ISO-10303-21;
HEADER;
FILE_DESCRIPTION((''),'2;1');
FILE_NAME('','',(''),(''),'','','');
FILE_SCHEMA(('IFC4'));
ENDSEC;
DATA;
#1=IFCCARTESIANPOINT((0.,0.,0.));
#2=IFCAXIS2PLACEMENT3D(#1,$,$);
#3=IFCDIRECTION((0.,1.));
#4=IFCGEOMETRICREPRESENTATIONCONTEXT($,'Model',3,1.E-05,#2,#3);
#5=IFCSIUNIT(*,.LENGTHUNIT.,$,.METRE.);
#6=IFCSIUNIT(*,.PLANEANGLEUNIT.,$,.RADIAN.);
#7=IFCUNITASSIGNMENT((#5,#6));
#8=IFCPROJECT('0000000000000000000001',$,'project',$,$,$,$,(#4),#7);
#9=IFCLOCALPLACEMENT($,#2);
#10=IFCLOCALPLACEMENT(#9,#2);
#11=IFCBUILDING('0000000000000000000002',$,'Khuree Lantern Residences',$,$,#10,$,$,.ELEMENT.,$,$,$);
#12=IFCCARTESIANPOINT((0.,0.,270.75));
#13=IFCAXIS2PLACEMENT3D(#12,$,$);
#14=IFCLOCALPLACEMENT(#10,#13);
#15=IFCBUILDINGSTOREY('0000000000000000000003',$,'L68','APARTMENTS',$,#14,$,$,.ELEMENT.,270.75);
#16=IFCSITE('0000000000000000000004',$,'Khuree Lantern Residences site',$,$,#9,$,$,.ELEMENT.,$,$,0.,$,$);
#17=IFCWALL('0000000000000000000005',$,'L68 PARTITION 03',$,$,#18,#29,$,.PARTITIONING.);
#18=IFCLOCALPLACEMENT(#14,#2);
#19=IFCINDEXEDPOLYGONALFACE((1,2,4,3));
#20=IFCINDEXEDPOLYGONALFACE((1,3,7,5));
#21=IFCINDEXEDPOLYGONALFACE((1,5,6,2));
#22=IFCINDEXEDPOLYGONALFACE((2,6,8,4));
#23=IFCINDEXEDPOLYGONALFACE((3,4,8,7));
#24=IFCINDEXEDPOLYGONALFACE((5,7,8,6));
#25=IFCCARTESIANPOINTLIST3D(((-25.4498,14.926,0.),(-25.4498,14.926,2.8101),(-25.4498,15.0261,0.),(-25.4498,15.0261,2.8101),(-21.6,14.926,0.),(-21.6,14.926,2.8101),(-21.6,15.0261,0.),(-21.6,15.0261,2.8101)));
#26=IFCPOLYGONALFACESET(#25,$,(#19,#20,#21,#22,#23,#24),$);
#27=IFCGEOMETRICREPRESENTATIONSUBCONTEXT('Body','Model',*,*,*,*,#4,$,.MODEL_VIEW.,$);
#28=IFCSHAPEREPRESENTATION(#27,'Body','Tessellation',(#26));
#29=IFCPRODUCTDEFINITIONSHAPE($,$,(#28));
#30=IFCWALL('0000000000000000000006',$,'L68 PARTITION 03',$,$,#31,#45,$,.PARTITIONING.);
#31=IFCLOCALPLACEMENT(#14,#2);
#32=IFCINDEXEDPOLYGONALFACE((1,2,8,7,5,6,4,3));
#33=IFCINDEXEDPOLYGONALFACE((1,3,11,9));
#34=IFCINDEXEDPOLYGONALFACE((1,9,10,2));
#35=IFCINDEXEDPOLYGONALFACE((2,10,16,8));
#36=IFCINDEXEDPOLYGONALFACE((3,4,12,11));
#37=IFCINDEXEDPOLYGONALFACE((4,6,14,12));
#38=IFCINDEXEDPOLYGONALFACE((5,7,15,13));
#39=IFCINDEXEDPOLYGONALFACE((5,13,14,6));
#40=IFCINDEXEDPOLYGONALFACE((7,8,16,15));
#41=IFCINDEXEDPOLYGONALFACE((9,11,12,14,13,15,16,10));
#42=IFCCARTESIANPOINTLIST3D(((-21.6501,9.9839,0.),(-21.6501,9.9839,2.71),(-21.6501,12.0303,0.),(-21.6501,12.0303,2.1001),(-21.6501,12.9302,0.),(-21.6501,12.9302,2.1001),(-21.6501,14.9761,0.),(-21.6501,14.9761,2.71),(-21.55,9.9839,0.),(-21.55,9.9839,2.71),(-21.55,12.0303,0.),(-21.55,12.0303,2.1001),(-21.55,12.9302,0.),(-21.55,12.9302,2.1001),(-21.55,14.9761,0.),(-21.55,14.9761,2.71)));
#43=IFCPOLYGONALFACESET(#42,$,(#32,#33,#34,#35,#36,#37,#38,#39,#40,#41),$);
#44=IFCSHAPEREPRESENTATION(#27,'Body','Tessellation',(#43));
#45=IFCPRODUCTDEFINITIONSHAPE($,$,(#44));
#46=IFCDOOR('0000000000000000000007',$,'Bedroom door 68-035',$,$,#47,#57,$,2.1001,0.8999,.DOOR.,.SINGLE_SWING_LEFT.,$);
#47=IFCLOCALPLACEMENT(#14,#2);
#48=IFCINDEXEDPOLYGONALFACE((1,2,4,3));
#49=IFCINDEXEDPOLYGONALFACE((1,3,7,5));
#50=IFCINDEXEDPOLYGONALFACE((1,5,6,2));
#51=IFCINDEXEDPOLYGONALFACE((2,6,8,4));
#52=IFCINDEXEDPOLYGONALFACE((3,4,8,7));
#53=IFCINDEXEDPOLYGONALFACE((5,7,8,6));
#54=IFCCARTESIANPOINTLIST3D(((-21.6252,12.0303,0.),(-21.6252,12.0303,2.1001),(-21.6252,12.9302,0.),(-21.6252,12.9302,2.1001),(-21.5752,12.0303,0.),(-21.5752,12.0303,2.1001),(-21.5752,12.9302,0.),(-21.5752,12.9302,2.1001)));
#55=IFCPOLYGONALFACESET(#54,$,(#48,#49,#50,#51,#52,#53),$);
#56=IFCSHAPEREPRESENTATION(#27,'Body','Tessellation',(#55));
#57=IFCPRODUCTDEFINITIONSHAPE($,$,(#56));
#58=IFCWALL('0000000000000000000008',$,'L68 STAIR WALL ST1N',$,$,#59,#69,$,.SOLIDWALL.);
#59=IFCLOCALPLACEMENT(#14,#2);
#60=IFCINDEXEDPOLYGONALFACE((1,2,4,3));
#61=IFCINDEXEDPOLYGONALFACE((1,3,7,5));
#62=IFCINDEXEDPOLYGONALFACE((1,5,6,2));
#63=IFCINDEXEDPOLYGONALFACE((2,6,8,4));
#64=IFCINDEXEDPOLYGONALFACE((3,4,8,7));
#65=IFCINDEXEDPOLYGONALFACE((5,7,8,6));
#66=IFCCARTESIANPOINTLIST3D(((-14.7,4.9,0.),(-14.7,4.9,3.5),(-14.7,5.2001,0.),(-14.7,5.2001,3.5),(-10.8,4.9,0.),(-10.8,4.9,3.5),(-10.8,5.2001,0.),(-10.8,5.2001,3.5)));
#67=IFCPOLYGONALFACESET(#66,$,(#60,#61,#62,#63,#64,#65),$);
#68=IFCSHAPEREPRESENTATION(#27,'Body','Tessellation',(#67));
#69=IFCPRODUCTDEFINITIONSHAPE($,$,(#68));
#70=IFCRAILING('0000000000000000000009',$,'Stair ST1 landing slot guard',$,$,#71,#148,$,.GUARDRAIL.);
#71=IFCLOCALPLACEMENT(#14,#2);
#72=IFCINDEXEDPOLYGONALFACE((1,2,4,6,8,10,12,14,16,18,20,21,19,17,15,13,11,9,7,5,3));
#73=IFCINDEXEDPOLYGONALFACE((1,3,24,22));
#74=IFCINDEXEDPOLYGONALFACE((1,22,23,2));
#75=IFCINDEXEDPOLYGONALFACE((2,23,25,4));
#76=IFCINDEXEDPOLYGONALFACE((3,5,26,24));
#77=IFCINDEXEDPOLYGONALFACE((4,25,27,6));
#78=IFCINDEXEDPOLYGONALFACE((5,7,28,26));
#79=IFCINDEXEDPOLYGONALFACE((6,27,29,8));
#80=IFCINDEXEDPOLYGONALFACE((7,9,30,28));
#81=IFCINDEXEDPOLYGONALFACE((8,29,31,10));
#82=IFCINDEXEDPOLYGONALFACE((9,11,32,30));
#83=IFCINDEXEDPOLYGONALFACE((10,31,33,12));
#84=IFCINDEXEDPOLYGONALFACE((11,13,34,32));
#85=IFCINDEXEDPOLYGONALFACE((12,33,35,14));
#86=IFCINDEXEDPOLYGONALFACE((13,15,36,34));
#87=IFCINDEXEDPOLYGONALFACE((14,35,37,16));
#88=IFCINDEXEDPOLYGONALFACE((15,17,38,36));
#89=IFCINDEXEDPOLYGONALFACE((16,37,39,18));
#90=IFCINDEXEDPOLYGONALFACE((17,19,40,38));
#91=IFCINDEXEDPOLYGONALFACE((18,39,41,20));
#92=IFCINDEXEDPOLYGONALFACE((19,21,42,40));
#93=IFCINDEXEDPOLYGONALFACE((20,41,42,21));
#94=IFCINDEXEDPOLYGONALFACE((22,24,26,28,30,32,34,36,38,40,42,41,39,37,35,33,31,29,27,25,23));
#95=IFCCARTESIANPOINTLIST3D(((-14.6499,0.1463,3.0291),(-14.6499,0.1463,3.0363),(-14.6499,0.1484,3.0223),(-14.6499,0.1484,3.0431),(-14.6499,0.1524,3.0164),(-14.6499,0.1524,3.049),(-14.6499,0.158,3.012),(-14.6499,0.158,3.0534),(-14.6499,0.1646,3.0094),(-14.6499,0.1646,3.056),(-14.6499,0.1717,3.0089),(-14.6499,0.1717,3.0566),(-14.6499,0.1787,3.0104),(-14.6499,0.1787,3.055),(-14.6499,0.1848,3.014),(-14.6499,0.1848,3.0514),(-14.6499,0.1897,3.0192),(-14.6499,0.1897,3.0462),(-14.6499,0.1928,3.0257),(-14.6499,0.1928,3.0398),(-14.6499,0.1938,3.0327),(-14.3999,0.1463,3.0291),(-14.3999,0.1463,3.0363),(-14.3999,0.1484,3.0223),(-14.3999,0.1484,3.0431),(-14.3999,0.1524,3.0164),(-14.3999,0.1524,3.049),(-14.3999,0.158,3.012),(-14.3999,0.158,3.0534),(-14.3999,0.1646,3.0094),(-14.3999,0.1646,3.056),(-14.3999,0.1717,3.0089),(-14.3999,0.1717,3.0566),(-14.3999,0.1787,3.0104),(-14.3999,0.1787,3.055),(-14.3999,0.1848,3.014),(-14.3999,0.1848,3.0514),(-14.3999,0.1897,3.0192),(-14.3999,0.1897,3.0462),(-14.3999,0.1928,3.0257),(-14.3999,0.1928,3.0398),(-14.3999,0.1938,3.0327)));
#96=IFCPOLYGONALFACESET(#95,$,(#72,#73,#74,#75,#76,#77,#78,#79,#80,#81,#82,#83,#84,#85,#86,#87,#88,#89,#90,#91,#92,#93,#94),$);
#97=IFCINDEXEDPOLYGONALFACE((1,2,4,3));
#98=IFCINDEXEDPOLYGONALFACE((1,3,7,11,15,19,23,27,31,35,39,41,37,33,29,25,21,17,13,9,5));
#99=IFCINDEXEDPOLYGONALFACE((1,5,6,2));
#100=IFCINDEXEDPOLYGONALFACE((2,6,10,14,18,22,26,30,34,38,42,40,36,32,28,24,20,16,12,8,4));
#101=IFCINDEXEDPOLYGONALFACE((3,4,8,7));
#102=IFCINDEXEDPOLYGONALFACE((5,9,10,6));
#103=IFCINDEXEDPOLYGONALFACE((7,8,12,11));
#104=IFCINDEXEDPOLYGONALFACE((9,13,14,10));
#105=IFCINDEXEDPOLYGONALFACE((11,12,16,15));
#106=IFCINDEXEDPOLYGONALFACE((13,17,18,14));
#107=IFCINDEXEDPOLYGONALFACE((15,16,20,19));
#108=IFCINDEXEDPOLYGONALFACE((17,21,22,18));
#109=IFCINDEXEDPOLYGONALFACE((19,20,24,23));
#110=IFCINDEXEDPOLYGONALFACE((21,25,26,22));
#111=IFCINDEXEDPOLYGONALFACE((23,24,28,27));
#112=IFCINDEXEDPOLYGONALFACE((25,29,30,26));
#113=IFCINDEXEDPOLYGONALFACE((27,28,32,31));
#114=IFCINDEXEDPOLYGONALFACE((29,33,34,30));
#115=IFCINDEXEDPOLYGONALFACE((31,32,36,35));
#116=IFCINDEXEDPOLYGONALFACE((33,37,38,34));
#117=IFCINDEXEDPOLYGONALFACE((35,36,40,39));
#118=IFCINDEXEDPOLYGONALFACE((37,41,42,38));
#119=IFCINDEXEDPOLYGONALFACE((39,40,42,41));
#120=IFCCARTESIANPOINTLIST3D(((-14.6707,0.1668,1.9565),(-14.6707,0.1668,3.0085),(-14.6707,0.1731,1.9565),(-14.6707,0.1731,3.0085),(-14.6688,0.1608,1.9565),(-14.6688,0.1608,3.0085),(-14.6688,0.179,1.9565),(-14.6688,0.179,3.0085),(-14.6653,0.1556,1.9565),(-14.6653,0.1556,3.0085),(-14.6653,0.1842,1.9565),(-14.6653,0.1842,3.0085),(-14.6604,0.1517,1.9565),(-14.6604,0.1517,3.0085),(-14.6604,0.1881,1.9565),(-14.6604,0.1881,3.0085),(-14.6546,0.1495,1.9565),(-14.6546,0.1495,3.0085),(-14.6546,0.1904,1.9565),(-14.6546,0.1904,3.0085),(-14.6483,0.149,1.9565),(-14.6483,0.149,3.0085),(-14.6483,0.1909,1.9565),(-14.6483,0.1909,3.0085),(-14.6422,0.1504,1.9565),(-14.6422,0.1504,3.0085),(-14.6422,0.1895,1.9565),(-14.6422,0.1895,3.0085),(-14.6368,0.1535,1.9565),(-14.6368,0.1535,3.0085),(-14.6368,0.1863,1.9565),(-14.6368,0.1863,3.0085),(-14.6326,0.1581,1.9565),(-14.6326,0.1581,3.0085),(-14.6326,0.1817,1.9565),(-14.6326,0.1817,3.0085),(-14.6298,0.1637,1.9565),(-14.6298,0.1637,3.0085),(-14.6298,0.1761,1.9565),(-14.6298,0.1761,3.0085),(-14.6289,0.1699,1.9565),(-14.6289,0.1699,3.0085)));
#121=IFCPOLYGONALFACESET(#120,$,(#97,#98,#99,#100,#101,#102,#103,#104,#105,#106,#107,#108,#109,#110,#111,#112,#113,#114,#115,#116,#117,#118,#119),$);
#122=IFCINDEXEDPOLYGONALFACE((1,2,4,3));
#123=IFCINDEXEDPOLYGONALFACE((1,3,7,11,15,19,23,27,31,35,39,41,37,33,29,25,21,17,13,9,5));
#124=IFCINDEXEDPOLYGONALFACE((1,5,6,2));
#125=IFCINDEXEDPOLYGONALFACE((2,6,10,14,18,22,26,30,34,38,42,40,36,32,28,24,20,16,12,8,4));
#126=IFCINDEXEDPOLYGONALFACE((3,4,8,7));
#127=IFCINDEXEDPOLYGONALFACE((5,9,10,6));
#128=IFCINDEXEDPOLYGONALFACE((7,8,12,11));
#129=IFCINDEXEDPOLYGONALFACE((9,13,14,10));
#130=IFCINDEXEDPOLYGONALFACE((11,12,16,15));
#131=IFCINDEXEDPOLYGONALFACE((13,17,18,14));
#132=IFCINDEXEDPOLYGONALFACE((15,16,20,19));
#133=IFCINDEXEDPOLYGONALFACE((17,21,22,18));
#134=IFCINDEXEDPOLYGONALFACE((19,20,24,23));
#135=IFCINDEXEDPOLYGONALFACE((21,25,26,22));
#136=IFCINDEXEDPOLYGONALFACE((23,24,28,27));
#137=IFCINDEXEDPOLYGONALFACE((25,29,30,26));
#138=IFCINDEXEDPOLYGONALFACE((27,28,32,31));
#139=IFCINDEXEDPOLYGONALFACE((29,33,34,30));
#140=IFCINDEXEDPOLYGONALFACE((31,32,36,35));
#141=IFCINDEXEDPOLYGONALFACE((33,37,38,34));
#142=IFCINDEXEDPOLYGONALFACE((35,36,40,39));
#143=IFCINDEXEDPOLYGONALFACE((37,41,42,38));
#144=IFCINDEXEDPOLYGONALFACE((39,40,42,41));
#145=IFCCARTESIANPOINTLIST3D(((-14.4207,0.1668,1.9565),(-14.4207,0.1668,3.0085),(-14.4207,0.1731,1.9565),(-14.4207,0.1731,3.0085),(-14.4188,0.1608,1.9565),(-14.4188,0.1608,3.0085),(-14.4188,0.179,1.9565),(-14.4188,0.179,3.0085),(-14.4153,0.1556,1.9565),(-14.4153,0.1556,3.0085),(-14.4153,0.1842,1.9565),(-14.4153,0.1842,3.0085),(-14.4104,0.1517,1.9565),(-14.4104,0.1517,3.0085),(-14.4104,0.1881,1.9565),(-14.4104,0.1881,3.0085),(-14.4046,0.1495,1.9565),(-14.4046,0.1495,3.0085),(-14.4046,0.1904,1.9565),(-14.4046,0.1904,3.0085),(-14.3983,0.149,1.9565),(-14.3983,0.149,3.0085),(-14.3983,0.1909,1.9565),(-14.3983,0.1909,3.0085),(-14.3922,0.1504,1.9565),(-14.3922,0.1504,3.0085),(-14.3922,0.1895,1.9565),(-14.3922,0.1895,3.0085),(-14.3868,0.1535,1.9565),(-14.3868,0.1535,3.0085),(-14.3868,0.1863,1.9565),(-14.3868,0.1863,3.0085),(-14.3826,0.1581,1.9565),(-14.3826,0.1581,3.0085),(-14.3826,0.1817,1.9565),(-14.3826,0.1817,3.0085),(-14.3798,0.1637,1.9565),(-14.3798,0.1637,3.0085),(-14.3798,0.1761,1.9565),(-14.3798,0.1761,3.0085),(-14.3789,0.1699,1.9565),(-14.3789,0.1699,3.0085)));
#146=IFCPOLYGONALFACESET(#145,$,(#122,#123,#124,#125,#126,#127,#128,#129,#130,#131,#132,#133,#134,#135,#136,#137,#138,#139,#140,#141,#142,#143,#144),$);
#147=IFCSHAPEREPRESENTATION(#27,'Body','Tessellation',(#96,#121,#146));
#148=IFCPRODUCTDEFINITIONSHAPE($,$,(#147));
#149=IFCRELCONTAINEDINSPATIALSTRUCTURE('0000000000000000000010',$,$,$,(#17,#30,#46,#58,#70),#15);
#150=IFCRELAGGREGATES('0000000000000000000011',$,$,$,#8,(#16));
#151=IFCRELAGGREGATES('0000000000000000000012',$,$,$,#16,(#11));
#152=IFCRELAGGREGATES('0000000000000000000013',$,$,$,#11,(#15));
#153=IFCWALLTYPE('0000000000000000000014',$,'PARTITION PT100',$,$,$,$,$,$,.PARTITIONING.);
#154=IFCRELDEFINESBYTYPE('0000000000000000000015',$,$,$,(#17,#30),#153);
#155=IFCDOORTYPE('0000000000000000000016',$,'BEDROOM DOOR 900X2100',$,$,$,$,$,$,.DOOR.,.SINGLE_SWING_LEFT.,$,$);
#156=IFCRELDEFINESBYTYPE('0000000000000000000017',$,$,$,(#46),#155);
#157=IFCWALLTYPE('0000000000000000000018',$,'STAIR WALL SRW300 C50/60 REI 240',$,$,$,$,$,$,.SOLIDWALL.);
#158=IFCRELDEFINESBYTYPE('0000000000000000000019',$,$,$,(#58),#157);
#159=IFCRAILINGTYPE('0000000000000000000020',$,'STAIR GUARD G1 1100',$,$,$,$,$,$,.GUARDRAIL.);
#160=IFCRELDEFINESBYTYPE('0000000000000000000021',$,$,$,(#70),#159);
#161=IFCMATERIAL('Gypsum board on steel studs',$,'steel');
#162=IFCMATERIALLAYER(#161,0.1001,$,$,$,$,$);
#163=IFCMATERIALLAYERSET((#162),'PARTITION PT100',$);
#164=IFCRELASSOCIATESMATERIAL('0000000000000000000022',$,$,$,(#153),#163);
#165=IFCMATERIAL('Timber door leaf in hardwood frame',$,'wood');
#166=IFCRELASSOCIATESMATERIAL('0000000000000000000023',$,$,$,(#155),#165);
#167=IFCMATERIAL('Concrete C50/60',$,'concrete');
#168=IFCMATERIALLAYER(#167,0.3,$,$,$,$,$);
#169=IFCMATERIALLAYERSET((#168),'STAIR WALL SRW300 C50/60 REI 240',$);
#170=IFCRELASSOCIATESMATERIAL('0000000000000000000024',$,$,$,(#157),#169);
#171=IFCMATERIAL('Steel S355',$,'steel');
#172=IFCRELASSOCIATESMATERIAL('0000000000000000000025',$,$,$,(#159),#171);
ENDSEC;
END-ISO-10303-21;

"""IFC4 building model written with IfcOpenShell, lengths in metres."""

from ifc_helpers import new_model, si_unit, direction, frame, frame_2d, origin, origin_2d, place, context, subcontext, project, spatial, rectangle, circle, extrude, material, layer, layer_set, type_object, element, fill, save


model = new_model("IFC4")

# Units and contexts
model_context = context("Model", 3, precision=1e-05, world=origin(), true_north=direction((0.0, 1.0)))
body_context = subcontext(model_context, "Body", "Model", "MODEL_VIEW")
ifc_project = project(units=[si_unit("LENGTHUNIT", "METRE"), si_unit("PLANEANGLEUNIT", "RADIAN")], contexts=[model_context])

# Site, building, storey
site_placement = place(None, origin())
site = spatial("IfcSite", under=ifc_project, at=site_placement, Name="Khuree Lantern Residences site", CompositionType="ELEMENT", RefElevation=0.0)
building_placement = place(site_placement, origin())
building = spatial("IfcBuilding", under=site, at=building_placement, Name="Khuree Lantern Residences", CompositionType="ELEMENT")
storey_placement = place(building_placement, frame((0.0, 0.0, 270.75)))
storey = spatial("IfcBuildingStorey", under=building, at=storey_placement, Name="L68", Description="APARTMENTS", CompositionType="ELEMENT", Elevation=270.75)

# Shared definitions
ifc_material_1 = material(Name="Concrete C50/60", Category="concrete")

# Shared definitions
ifc_material_2 = material(Name="Timber door leaf in hardwood frame", Category="wood")

# Shared definitions
ifc_material_3 = material(Name="Gypsum board on steel studs", Category="steel")

# Wall
ifc_layer_1 = layer(ifc_material_3, 0.1001)
ifc_layer_set_1 = layer_set([ifc_layer_1], Name="PARTITION PT100")
wall_type_1 = type_object("IfcWallType", Name="PARTITION PT100", PredefinedType="PARTITIONING", material=ifc_layer_set_1)
wall_1_placement = place(storey_placement, frame((-21.6001, 14.9761, 0.0), z_axis=(0.0, 0.0, 1.0), x_axis=(-1.0, 0.0, 0.0)))
element("IfcWall", 1, at=wall_1_placement, inside=storey, type_object=wall_type_1, Name="L68 PARTITION 03", PredefinedType="PARTITIONING", context=body_context, shape_type="SweptSolid", body=[
    extrude(rectangle(XDim=3.8499, YDim=0.1001, at=frame_2d((1.9248, 0.0))), origin(), (0.0, 0.0, 1.0), 2.8101),
])

# Wall, opening, door
wall_2_placement = place(storey_placement, frame((-21.6001, 14.9761, 0.0), z_axis=(0.0, 0.0, 1.0), x_axis=(0.0, -1.0, 0.0)))
wall_2 = element("IfcWall", 2, at=wall_2_placement, inside=storey, type_object=wall_type_1, Name="L68 PARTITION 03", PredefinedType="PARTITIONING", context=body_context, shape_type="SweptSolid", body=[
    extrude(rectangle(XDim=4.9922, YDim=0.1001, at=frame_2d((2.4961, 0.0))), origin(), (0.0, 0.0, 1.0), 2.71),
])
opening_1_placement = place(wall_2_placement, frame((2.0459, 0.0, 0.0)))
opening_1 = element("IfcOpeningElement", 3, at=opening_1_placement, cuts=wall_2, PredefinedType="OPENING", context=body_context, shape_type="SweptSolid", body=[
    extrude(rectangle(XDim=0.8999, YDim=2.1001, at=frame_2d((0.45, 1.05))), frame((0.0, 0.0601, 0.0), z_axis=(0.0, -1.0, 0.0), x_axis=(1.0, 0.0, 0.0)), (0.0, 0.0, 1.0), 0.1201),
])
door_type_1 = type_object("IfcDoorType", Name="BEDROOM DOOR 900X2100", OperationType="SINGLE_SWING_LEFT", PredefinedType="DOOR", material=ifc_material_2)
door_1_placement = place(opening_1_placement, origin())
door_1 = element("IfcDoor", 4, at=door_1_placement, inside=storey, type_object=door_type_1, Name="Bedroom door 68-035", OperationType="SINGLE_SWING_LEFT", OverallHeight=2.1001, OverallWidth=0.8999, PredefinedType="DOOR", context=body_context, shape_type="SweptSolid", body=[
    extrude(rectangle(XDim=0.8999, YDim=2.1001, at=frame_2d((0.45, 1.05))), frame((0.0, 0.0249, 0.0), z_axis=(0.0, -1.0, 0.0), x_axis=(1.0, 0.0, 0.0)), (0.0, 0.0, 1.0), 0.05),
])
fill(opening_1, door_1)

# Wall
ifc_layer_2 = layer(ifc_material_1, 0.3)
ifc_layer_set_2 = layer_set([ifc_layer_2], Name="STAIR WALL SRW300 C50/60 REI 240")
wall_type_2 = type_object("IfcWallType", Name="STAIR WALL SRW300 C50/60 REI 240", PredefinedType="SOLIDWALL", material=ifc_layer_set_2)
wall_3_placement = place(storey_placement, frame((-14.7, 5.05, 0.0), z_axis=(0.0, 0.0, 1.0), x_axis=(1.0, 0.0, 0.0)))
element("IfcWall", 5, at=wall_3_placement, inside=storey, type_object=wall_type_2, Name="L68 STAIR WALL ST1N", PredefinedType="SOLIDWALL", context=body_context, shape_type="SweptSolid", body=[
    extrude(rectangle(XDim=3.8999, YDim=0.3, at=frame_2d((1.95, 0.0))), origin(), (0.0, 0.0, 1.0), 3.5),
])

# Railing
ifc_material_4 = material(Name="Steel S355", Category="steel")
railing_type = type_object("IfcRailingType", Name="STAIR GUARD G1 1100", PredefinedType="GUARDRAIL", material=ifc_material_4)
railing_placement = place(storey_placement, frame((-14.6499, 0.1699, 1.9565)))
element("IfcRailing", 6, at=railing_placement, inside=storey, type_object=railing_type, Name="Stair ST1 landing slot guard", PredefinedType="GUARDRAIL", context=body_context, shape_type="SweptSolid", body=[
    extrude(circle(Radius=0.0239, at=origin_2d()), frame((0.0, 0.0, 1.0762), z_axis=(1.0, 0.0, 0.0), x_axis=(0.0, 1.0, 0.0)), (0.0, 0.0, 1.0), 0.25),
    extrude(circle(Radius=0.021, at=origin_2d()), origin(), (0.0, 0.0, 1.0), 1.052),
    extrude(circle(Radius=0.021, at=origin_2d()), frame((0.25, 0.0, 0.0)), (0.0, 0.0, 1.0), 1.052),
])

save(model, "model.ifc")
